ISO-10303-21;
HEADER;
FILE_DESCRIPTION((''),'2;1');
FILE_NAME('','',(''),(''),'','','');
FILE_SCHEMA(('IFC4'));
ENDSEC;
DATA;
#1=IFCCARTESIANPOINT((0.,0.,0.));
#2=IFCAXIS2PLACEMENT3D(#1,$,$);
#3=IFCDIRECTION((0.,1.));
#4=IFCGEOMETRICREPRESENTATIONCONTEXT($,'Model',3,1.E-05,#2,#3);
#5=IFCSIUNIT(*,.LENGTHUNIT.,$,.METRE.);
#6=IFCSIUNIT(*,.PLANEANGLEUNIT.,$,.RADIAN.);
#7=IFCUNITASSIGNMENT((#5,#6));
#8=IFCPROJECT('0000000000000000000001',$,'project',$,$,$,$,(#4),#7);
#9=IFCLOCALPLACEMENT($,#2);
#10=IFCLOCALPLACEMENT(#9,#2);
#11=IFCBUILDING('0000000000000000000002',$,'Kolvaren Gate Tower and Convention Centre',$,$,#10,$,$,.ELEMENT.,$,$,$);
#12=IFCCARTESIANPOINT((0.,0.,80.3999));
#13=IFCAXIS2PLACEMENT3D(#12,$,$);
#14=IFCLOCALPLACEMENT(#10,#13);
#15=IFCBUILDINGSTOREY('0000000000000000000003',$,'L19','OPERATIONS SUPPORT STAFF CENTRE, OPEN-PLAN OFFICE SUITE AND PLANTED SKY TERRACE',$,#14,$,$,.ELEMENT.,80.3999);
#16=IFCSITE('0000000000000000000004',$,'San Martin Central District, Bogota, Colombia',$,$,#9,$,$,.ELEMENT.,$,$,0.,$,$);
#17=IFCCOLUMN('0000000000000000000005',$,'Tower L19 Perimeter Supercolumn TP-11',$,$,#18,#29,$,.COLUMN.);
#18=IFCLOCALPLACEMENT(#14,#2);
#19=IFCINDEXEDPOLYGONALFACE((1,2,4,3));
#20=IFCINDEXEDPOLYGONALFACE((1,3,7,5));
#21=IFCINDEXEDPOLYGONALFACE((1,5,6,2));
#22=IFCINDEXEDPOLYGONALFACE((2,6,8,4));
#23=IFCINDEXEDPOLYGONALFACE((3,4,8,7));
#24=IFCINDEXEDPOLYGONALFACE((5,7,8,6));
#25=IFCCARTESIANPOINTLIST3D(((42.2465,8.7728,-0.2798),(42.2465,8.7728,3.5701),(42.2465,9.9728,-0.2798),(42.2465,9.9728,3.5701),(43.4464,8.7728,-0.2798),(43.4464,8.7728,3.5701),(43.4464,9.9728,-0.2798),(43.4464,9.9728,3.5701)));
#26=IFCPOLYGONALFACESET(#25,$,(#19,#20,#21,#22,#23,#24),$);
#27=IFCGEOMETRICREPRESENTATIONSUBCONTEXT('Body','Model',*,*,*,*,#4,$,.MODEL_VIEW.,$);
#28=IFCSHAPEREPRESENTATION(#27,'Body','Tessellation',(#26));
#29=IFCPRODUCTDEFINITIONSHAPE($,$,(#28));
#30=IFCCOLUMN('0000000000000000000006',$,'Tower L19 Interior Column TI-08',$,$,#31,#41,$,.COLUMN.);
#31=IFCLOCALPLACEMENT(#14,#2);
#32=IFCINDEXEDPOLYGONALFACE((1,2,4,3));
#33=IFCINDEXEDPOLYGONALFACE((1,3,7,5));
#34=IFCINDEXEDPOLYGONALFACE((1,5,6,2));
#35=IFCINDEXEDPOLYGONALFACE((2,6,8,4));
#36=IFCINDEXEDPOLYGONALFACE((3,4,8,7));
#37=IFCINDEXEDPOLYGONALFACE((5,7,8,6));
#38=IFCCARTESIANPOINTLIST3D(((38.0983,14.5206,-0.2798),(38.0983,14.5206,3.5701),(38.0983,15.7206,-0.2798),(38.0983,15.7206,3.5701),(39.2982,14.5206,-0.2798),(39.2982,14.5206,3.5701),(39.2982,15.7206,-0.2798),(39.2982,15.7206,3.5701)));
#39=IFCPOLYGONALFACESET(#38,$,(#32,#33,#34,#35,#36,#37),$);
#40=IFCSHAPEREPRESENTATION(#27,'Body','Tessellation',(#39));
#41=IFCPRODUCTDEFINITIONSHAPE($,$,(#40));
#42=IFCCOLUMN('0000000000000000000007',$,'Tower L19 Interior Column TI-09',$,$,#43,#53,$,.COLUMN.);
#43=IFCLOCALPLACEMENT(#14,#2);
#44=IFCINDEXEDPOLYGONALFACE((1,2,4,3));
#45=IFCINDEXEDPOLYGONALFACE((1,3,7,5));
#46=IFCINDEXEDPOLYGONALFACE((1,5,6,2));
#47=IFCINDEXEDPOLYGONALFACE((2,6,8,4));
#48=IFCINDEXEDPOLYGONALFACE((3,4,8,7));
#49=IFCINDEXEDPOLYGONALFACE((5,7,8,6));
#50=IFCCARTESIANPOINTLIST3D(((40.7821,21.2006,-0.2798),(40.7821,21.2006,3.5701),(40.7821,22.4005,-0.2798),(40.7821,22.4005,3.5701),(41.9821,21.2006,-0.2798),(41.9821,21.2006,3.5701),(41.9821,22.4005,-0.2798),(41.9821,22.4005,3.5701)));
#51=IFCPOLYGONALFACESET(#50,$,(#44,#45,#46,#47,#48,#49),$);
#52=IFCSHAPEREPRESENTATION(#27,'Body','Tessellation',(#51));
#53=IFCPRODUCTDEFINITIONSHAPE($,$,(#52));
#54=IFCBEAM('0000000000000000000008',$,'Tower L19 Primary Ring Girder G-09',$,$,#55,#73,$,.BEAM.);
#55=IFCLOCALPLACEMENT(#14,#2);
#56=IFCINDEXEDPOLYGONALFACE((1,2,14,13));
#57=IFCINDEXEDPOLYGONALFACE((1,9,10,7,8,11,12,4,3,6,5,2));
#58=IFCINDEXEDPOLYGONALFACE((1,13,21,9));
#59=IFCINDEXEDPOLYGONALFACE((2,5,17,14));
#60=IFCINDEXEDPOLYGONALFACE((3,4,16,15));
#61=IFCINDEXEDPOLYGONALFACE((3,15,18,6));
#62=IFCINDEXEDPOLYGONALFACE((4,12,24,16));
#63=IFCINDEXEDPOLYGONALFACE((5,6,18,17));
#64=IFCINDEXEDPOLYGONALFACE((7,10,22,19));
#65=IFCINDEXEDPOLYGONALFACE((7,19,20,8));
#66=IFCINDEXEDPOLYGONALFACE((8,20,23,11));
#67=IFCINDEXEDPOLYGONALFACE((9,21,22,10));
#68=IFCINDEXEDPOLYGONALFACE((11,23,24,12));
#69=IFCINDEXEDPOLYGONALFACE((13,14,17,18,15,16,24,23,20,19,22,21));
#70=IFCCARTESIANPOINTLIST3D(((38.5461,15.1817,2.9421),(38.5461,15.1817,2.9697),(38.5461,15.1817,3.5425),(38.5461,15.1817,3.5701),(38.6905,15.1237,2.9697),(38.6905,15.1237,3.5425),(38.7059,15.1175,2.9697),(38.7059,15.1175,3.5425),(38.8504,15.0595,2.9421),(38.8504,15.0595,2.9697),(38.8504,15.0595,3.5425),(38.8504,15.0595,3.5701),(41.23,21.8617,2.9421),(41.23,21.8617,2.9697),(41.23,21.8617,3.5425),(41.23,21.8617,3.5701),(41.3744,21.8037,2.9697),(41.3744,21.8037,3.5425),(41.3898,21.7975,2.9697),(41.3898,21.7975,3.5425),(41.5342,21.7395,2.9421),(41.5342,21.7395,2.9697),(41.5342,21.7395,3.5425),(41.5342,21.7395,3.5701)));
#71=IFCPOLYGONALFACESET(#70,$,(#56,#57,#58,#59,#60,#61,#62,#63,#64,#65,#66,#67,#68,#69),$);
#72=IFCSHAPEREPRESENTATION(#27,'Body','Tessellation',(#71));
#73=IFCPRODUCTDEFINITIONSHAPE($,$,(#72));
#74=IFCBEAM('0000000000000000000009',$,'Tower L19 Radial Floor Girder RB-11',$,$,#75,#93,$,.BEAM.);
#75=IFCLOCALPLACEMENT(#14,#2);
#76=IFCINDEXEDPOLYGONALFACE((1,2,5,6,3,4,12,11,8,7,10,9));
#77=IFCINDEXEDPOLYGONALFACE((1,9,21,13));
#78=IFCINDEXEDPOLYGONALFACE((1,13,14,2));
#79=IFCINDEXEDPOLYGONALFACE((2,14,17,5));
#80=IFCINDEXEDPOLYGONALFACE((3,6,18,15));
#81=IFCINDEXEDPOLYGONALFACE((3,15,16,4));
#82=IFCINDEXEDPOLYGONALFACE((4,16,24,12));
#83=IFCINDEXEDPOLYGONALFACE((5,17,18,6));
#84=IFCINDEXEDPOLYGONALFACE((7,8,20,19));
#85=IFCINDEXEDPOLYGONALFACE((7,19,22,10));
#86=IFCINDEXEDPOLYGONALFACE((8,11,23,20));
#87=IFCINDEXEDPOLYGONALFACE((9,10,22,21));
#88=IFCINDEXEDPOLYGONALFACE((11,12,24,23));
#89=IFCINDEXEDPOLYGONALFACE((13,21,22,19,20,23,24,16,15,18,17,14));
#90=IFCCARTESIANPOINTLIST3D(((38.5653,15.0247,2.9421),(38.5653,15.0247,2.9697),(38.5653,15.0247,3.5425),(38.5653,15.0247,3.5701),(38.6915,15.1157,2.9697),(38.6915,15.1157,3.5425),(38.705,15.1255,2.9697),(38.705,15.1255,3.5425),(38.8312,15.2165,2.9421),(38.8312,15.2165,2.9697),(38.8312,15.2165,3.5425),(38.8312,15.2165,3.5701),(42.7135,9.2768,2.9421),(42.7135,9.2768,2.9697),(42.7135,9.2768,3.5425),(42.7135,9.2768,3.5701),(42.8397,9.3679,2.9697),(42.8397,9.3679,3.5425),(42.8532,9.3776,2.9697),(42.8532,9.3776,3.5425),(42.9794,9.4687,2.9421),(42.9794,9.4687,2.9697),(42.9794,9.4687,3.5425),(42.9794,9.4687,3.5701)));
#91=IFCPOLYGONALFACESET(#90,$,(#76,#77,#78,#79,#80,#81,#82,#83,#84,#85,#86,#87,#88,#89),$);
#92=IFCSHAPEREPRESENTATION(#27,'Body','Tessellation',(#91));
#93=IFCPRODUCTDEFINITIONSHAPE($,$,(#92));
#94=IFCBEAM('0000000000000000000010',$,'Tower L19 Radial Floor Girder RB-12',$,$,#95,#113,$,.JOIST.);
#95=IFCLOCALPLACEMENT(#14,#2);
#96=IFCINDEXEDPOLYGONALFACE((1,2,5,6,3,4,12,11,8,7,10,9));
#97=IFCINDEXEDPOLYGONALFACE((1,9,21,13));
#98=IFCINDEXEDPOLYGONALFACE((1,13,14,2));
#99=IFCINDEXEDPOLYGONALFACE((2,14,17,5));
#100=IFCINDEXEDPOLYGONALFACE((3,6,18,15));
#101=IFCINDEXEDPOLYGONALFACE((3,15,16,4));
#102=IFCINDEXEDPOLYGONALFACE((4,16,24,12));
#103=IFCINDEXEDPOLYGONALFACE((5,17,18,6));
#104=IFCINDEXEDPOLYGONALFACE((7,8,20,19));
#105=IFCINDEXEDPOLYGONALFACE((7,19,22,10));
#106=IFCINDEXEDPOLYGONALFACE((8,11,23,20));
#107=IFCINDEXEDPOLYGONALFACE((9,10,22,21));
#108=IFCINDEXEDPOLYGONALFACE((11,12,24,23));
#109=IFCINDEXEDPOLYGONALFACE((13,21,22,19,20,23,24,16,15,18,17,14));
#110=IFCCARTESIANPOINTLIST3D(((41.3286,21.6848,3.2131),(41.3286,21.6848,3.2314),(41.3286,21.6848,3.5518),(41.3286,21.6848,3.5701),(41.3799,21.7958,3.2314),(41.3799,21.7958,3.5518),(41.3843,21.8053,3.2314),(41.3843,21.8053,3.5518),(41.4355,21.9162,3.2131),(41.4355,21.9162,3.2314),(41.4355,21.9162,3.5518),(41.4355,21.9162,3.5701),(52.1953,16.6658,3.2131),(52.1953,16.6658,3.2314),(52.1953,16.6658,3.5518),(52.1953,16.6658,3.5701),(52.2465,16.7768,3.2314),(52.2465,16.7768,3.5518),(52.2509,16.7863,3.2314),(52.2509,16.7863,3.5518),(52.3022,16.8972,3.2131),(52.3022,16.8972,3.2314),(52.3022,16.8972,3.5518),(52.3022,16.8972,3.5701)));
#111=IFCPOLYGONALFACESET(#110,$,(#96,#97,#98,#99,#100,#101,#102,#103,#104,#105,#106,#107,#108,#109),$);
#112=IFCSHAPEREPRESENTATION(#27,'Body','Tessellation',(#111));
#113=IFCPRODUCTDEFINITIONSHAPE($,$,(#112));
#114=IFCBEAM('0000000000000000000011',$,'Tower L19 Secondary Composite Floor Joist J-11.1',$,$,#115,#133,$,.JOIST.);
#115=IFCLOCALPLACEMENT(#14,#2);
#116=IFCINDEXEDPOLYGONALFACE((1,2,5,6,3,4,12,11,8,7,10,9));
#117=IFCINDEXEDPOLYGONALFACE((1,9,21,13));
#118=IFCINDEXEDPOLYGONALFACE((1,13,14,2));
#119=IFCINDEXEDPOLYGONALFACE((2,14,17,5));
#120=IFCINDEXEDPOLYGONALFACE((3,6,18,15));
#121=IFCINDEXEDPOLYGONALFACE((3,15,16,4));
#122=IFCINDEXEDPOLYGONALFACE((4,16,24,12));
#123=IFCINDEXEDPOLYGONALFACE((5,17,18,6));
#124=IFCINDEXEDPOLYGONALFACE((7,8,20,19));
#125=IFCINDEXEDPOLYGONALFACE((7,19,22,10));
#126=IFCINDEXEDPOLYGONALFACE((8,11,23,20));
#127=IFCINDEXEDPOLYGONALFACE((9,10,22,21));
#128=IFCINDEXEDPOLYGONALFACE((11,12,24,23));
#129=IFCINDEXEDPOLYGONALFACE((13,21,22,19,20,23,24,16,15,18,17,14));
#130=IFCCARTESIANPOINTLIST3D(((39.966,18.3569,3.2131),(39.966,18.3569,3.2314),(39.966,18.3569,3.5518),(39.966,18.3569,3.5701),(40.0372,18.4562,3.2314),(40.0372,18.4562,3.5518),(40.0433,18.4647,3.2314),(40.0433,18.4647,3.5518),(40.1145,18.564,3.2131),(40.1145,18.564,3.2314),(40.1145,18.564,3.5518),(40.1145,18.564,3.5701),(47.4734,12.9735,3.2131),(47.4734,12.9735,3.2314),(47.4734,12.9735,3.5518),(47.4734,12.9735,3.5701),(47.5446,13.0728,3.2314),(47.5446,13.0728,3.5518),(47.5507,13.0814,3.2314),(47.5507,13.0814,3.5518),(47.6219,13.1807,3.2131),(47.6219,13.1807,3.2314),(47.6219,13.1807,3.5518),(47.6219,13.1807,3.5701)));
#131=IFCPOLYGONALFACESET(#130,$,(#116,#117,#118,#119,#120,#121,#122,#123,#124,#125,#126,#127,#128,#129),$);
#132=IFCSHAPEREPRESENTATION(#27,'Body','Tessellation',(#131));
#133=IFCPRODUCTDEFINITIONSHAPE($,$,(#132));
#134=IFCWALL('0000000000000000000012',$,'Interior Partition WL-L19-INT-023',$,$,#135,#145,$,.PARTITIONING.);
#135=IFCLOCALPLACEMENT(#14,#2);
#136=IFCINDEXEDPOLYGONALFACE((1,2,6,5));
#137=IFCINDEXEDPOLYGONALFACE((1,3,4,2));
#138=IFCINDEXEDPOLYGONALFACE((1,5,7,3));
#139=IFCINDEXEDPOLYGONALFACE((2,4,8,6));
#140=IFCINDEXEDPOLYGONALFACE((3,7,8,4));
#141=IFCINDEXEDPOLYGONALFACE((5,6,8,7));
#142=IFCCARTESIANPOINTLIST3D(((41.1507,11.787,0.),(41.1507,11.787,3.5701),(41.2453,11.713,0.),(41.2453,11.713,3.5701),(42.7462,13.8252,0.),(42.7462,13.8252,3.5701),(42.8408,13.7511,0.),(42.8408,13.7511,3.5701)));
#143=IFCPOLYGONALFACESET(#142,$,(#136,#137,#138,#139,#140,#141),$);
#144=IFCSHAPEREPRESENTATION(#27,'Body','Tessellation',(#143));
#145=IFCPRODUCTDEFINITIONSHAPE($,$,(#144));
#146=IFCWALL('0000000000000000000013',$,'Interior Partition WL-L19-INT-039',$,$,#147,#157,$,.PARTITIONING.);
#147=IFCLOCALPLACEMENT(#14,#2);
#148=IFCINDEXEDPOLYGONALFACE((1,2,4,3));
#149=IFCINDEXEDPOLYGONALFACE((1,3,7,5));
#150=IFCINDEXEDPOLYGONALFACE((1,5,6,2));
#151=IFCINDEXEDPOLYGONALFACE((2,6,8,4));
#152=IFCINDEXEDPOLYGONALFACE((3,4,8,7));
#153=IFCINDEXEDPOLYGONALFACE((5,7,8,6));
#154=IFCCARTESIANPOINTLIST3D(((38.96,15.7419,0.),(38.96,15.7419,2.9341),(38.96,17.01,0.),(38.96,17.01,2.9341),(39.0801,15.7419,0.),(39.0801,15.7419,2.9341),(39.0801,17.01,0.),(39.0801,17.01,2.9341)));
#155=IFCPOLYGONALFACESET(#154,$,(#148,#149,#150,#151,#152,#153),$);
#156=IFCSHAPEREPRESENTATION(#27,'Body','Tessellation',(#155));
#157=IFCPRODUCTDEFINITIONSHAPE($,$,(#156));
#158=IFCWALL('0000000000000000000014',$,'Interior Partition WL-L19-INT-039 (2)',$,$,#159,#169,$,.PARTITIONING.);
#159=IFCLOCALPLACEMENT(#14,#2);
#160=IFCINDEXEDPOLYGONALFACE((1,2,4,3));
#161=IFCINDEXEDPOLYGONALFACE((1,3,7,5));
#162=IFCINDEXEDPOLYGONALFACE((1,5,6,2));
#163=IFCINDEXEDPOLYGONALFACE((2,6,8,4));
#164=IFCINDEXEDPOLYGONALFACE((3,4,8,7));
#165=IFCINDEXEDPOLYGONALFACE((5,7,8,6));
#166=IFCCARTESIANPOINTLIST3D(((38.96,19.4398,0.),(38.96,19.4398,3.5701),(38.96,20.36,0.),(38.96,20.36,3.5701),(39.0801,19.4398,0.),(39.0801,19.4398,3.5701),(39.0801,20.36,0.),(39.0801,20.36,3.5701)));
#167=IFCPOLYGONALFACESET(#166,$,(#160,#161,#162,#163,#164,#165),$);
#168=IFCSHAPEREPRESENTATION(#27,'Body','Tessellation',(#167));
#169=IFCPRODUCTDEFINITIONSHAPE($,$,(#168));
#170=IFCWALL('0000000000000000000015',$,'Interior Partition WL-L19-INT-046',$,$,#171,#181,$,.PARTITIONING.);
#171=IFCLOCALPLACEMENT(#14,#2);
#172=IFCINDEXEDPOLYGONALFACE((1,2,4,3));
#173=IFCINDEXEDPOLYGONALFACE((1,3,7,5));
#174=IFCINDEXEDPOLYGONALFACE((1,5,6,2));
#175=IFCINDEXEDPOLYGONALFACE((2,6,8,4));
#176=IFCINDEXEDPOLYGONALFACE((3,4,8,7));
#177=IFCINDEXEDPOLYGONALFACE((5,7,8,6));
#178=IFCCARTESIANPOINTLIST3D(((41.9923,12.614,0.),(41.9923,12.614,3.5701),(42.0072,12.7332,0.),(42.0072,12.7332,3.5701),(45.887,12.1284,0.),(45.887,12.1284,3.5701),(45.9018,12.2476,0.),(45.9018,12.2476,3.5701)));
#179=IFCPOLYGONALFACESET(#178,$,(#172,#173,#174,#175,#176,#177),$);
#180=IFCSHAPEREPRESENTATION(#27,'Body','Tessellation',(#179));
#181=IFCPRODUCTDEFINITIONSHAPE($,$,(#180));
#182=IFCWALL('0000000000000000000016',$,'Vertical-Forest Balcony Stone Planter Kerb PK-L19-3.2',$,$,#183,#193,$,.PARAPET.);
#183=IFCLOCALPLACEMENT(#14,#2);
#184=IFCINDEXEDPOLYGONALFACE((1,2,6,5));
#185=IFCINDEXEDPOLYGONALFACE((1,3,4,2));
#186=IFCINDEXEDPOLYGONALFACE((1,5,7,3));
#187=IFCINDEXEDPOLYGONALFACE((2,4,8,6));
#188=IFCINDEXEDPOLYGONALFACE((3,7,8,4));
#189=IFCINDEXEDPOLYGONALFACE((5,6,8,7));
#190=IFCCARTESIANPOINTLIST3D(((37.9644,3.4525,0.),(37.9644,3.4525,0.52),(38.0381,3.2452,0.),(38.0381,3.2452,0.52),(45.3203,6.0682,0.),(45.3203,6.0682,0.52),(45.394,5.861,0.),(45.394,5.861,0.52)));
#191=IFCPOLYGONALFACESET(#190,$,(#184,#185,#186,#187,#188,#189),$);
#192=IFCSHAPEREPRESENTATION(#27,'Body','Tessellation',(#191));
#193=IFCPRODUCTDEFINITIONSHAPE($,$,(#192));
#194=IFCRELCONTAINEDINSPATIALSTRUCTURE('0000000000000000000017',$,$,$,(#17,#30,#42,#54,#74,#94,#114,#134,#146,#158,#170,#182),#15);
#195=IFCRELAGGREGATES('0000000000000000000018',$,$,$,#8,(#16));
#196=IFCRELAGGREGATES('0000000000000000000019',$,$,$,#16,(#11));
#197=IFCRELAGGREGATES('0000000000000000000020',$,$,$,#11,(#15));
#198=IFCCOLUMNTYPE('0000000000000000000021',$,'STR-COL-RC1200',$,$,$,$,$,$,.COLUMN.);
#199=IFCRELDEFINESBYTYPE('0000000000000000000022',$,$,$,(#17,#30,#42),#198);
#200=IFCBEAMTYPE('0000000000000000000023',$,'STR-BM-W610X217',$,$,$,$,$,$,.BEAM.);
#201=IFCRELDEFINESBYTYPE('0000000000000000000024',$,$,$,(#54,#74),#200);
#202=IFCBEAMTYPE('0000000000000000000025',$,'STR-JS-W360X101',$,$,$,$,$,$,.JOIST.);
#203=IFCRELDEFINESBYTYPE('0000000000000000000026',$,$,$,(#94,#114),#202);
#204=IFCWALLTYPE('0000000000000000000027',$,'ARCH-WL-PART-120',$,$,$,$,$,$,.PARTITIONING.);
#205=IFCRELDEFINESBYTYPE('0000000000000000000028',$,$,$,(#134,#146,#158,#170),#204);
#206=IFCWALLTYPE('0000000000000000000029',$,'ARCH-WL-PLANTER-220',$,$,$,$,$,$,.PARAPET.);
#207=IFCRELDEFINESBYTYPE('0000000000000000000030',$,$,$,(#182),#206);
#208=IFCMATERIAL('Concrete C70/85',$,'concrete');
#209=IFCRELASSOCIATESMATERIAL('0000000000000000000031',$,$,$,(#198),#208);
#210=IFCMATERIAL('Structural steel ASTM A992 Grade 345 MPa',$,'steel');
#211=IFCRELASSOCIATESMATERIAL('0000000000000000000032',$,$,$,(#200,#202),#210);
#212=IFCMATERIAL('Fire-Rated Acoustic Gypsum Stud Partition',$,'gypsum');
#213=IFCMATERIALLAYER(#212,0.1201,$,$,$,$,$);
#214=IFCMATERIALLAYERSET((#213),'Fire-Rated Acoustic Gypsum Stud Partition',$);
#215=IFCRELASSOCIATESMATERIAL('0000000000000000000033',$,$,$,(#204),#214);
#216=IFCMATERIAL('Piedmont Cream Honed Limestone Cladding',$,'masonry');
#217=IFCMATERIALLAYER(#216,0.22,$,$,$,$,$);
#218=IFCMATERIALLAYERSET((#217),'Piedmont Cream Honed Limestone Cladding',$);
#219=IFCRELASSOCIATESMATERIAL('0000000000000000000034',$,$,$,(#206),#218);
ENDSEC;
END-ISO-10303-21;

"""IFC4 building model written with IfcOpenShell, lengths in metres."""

from ifc_helpers import new_model, si_unit, direction, frame, frame_2d, origin, origin_2d, place, context, subcontext, project, spatial, rectangle, i_section, extrude, material, layer, layer_set, material_profile, profile_set, type_object, element, save


model = new_model("IFC4")

# Units and contexts
model_context = context("Model", 3, precision=1e-05, world=origin(), true_north=direction((0.0, 1.0)))
body_context = subcontext(model_context, "Body", "Model", "MODEL_VIEW")
ifc_project = project(units=[si_unit("LENGTHUNIT", "METRE"), si_unit("PLANEANGLEUNIT", "RADIAN")], contexts=[model_context])

# Site, building, storey
site_placement = place(None, origin())
site = spatial("IfcSite", under=ifc_project, at=site_placement, Name="San Martin Central District, Bogota, Colombia", CompositionType="ELEMENT", RefElevation=0.0)
building_placement = place(site_placement, origin())
building = spatial("IfcBuilding", under=site, at=building_placement, Name="Kolvaren Gate Tower and Convention Centre", CompositionType="ELEMENT")
storey_placement = place(building_placement, frame((0.0, 0.0, 80.3999)))
storey = spatial("IfcBuildingStorey", under=building, at=storey_placement, Name="L19", Description="OPERATIONS SUPPORT STAFF CENTRE, OPEN-PLAN OFFICE SUITE AND PLANTED SKY TERRACE", CompositionType="ELEMENT", Elevation=80.3999)

# Columns
ifc_material_1 = material(Name="Concrete C70/85", Category="concrete")
ifc_material_profile_1 = material_profile(ifc_material_1, rectangle(XDim=1.2, YDim=1.2, at=origin_2d()), Name="RC-COL-1200X1200")
ifc_profile_set_1 = profile_set([ifc_material_profile_1], Name="Concrete C70/85")
column_type = type_object("IfcColumnType", Name="STR-COL-RC1200", PredefinedType="COLUMN", material=ifc_profile_set_1)
for number, where, z_axis, x_axis, name in (
    (1, (42.8464, 9.3728, -0.2798), (0.0, 0.0, 1.0), (1.0, 0.0, 0.0), "Tower L19 Perimeter Supercolumn TP-11"),
    (2, (38.6982, 15.1206, -0.2798), (0.0, 0.0, 1.0), (1.0, 0.0, 0.0), "Tower L19 Interior Column TI-08"),
    (3, (41.3821, 21.8005, -0.2798), (0.0, 0.0, 1.0), (1.0, 0.0, 0.0), "Tower L19 Interior Column TI-09"),
):
    element("IfcColumn", number, at=place(storey_placement, frame(where, z_axis=z_axis, x_axis=x_axis)), inside=storey, type_object=column_type, Name=name, PredefinedType="COLUMN", context=body_context, shape_type="SweptSolid", body=[
        extrude(rectangle(XDim=1.2, YDim=1.2, at=origin_2d()), origin(), (0.0, 0.0, 1.0), 3.8499),
    ])

# Beams
ifc_material_2 = material(Name="Structural steel ASTM A992 Grade 345 MPa", Category="steel")
ifc_material_profile_2 = material_profile(ifc_material_2, i_section(OverallWidth=0.3279, OverallDepth=0.6279, WebThickness=0.0166, FlangeThickness=0.0276, at=origin_2d()), Name="W610X217")
ifc_profile_set_2 = profile_set([ifc_material_profile_2], Name="Structural steel ASTM A992 Grade 345 MPa")
beam_type_1 = type_object("IfcBeamType", Name="STR-BM-W610X217", PredefinedType="BEAM", material=ifc_profile_set_2)
beam_1_placement = place(storey_placement, frame((38.6982, 15.1206, 3.2561), z_axis=(0.372811, 0.927907, 0.0), x_axis=(-0.927907, 0.372811, 0.0)))
element("IfcBeam", 4, at=beam_1_placement, inside=storey, type_object=beam_type_1, Name="Tower L19 Primary Ring Girder G-09", PredefinedType="BEAM", context=body_context, shape_type="SweptSolid", body=[
    extrude(i_section(OverallWidth=0.3279, OverallDepth=0.6279, WebThickness=0.0166, FlangeThickness=0.0276, at=origin_2d()), origin(), (0.0, 0.0, 1.0), 7.199),
])
beam_2_placement = place(storey_placement, frame((38.6982, 15.1206, 3.2561), z_axis=(0.585213, -0.81088, 0.0), x_axis=(0.81088, 0.585213, 0.0)))
element("IfcBeam", 5, at=beam_2_placement, inside=storey, type_object=beam_type_1, Name="Tower L19 Radial Floor Girder RB-11", PredefinedType="BEAM", context=body_context, shape_type="SweptSolid", body=[
    extrude(i_section(OverallWidth=0.3279, OverallDepth=0.6279, WebThickness=0.0166, FlangeThickness=0.0276, at=origin_2d()), origin(), (0.0, 0.0, 1.0), 7.0884),
])
ifc_material_profile_3 = material_profile(ifc_material_2, i_section(OverallWidth=0.2549, OverallDepth=0.3569, WebThickness=0.0105, FlangeThickness=0.0183, at=origin_2d()), Name="W360X101")
ifc_profile_set_3 = profile_set([ifc_material_profile_3], Name="Structural steel ASTM A992 Grade 345 MPa")
beam_type_2 = type_object("IfcBeamType", Name="STR-JS-W360X101", PredefinedType="JOIST", material=ifc_profile_set_3)
beam_3_placement = place(storey_placement, frame((41.3821, 21.8005, 3.3916), z_axis=(0.907844, -0.419309, 0.0), x_axis=(0.419309, 0.907844, 0.0)))
element("IfcBeam", 6, at=beam_3_placement, inside=storey, type_object=beam_type_2, Name="Tower L19 Radial Floor Girder RB-12", PredefinedType="JOIST", context=body_context, shape_type="SweptSolid", body=[
    extrude(i_section(OverallWidth=0.2549, OverallDepth=0.3569, WebThickness=0.0105, FlangeThickness=0.0183, at=origin_2d()), origin(), (0.0, 0.0, 1.0), 11.9697),
])
beam_4_placement = place(storey_placement, frame((40.0403, 18.4604, 3.3916), z_axis=(0.812661, -0.582737, 0.0), x_axis=(0.582737, 0.812661, 0.0)))
element("IfcBeam", 7, at=beam_4_placement, inside=storey, type_object=beam_type_2, Name="Tower L19 Secondary Composite Floor Joist J-11.1", PredefinedType="JOIST", context=body_context, shape_type="SweptSolid", body=[
    extrude(i_section(OverallWidth=0.2549, OverallDepth=0.3569, WebThickness=0.0105, FlangeThickness=0.0183, at=origin_2d()), origin(), (0.0, 0.0, 1.0), 9.238),
])

# Walls
ifc_material_3 = material(Name="Fire-Rated Acoustic Gypsum Stud Partition", Category="gypsum")
ifc_layer_1 = layer(ifc_material_3, 0.1201)
ifc_layer_set_1 = layer_set([ifc_layer_1], Name="Fire-Rated Acoustic Gypsum Stud Partition")
wall_type_1 = type_object("IfcWallType", Name="ARCH-WL-PART-120", PredefinedType="PARTITIONING", material=ifc_layer_set_1)
wall_1_placement = place(storey_placement, frame((41.198, 11.75, 0.0), z_axis=(0.0, 0.0, 1.0), x_axis=(0.616413, 0.787423, 0.0)))
element("IfcWall", 8, at=wall_1_placement, inside=storey, type_object=wall_type_1, Name="Interior Partition WL-L19-INT-023", PredefinedType="PARTITIONING", context=body_context, shape_type="SweptSolid", body=[
    extrude(rectangle(XDim=2.5884, YDim=0.1201, at=frame_2d((1.2942, 0.0))), origin(), (0.0, 0.0, 1.0), 3.5701),
])
wall_2_placement = place(storey_placement, frame((39.02, 15.7419, 0.0), z_axis=(0.0, 0.0, 1.0), x_axis=(0.0, 1.0, 0.0)))
element("IfcWall", 9, at=wall_2_placement, inside=storey, type_object=wall_type_1, Name="Interior Partition WL-L19-INT-039", PredefinedType="PARTITIONING", context=body_context, shape_type="SweptSolid", body=[
    extrude(rectangle(XDim=1.2681, YDim=0.1201, at=frame_2d((0.634, 0.0))), origin(), (0.0, 0.0, 1.0), 2.9341),
])
wall_3_placement = place(storey_placement, frame((39.02, 19.4399, 0.0), z_axis=(0.0, 0.0, 1.0), x_axis=(0.0, 1.0, 0.0)))
element("IfcWall", 10, at=wall_3_placement, inside=storey, type_object=wall_type_1, Name="Interior Partition WL-L19-INT-039 (2)", PredefinedType="PARTITIONING", context=body_context, shape_type="SweptSolid", body=[
    extrude(rectangle(XDim=0.9202, YDim=0.1201, at=frame_2d((0.46, 0.0))), origin(), (0.0, 0.0, 1.0), 3.5701),
])
wall_4_placement = place(storey_placement, frame((41.9998, 12.6736, 0.0), z_axis=(0.0, 0.0, 1.0), x_axis=(0.992316, -0.123728, 0.0)))
element("IfcWall", 11, at=wall_4_placement, inside=storey, type_object=wall_type_1, Name="Interior Partition WL-L19-INT-046", PredefinedType="PARTITIONING", context=body_context, shape_type="SweptSolid", body=[
    extrude(rectangle(XDim=3.9248, YDim=0.1201, at=frame_2d((1.9624, 0.0))), origin(), (0.0, 0.0, 1.0), 3.5701),
])
ifc_material_4 = material(Name="Piedmont Cream Honed Limestone Cladding", Category="masonry")
ifc_layer_2 = layer(ifc_material_4, 0.22)
ifc_layer_set_2 = layer_set([ifc_layer_2], Name="Piedmont Cream Honed Limestone Cladding")
wall_type_2 = type_object("IfcWallType", Name="ARCH-WL-PLANTER-220", PredefinedType="PARAPET", material=ifc_layer_set_2)
wall_5_placement = place(storey_placement, frame((38.0012, 3.3489, 0.0), z_axis=(0.0, 0.0, 1.0), x_axis=(0.942204, 0.335041, 0.0)))
element("IfcWall", 12, at=wall_5_placement, inside=storey, type_object=wall_type_2, Name="Vertical-Forest Balcony Stone Planter Kerb PK-L19-3.2", PredefinedType="PARAPET", context=body_context, shape_type="SweptSolid", body=[
    extrude(rectangle(XDim=7.8071, YDim=0.22, at=frame_2d((3.9036, 0.0))), origin(), (0.0, 0.0, 1.0), 0.52),
])

save(model, "model.ifc")
